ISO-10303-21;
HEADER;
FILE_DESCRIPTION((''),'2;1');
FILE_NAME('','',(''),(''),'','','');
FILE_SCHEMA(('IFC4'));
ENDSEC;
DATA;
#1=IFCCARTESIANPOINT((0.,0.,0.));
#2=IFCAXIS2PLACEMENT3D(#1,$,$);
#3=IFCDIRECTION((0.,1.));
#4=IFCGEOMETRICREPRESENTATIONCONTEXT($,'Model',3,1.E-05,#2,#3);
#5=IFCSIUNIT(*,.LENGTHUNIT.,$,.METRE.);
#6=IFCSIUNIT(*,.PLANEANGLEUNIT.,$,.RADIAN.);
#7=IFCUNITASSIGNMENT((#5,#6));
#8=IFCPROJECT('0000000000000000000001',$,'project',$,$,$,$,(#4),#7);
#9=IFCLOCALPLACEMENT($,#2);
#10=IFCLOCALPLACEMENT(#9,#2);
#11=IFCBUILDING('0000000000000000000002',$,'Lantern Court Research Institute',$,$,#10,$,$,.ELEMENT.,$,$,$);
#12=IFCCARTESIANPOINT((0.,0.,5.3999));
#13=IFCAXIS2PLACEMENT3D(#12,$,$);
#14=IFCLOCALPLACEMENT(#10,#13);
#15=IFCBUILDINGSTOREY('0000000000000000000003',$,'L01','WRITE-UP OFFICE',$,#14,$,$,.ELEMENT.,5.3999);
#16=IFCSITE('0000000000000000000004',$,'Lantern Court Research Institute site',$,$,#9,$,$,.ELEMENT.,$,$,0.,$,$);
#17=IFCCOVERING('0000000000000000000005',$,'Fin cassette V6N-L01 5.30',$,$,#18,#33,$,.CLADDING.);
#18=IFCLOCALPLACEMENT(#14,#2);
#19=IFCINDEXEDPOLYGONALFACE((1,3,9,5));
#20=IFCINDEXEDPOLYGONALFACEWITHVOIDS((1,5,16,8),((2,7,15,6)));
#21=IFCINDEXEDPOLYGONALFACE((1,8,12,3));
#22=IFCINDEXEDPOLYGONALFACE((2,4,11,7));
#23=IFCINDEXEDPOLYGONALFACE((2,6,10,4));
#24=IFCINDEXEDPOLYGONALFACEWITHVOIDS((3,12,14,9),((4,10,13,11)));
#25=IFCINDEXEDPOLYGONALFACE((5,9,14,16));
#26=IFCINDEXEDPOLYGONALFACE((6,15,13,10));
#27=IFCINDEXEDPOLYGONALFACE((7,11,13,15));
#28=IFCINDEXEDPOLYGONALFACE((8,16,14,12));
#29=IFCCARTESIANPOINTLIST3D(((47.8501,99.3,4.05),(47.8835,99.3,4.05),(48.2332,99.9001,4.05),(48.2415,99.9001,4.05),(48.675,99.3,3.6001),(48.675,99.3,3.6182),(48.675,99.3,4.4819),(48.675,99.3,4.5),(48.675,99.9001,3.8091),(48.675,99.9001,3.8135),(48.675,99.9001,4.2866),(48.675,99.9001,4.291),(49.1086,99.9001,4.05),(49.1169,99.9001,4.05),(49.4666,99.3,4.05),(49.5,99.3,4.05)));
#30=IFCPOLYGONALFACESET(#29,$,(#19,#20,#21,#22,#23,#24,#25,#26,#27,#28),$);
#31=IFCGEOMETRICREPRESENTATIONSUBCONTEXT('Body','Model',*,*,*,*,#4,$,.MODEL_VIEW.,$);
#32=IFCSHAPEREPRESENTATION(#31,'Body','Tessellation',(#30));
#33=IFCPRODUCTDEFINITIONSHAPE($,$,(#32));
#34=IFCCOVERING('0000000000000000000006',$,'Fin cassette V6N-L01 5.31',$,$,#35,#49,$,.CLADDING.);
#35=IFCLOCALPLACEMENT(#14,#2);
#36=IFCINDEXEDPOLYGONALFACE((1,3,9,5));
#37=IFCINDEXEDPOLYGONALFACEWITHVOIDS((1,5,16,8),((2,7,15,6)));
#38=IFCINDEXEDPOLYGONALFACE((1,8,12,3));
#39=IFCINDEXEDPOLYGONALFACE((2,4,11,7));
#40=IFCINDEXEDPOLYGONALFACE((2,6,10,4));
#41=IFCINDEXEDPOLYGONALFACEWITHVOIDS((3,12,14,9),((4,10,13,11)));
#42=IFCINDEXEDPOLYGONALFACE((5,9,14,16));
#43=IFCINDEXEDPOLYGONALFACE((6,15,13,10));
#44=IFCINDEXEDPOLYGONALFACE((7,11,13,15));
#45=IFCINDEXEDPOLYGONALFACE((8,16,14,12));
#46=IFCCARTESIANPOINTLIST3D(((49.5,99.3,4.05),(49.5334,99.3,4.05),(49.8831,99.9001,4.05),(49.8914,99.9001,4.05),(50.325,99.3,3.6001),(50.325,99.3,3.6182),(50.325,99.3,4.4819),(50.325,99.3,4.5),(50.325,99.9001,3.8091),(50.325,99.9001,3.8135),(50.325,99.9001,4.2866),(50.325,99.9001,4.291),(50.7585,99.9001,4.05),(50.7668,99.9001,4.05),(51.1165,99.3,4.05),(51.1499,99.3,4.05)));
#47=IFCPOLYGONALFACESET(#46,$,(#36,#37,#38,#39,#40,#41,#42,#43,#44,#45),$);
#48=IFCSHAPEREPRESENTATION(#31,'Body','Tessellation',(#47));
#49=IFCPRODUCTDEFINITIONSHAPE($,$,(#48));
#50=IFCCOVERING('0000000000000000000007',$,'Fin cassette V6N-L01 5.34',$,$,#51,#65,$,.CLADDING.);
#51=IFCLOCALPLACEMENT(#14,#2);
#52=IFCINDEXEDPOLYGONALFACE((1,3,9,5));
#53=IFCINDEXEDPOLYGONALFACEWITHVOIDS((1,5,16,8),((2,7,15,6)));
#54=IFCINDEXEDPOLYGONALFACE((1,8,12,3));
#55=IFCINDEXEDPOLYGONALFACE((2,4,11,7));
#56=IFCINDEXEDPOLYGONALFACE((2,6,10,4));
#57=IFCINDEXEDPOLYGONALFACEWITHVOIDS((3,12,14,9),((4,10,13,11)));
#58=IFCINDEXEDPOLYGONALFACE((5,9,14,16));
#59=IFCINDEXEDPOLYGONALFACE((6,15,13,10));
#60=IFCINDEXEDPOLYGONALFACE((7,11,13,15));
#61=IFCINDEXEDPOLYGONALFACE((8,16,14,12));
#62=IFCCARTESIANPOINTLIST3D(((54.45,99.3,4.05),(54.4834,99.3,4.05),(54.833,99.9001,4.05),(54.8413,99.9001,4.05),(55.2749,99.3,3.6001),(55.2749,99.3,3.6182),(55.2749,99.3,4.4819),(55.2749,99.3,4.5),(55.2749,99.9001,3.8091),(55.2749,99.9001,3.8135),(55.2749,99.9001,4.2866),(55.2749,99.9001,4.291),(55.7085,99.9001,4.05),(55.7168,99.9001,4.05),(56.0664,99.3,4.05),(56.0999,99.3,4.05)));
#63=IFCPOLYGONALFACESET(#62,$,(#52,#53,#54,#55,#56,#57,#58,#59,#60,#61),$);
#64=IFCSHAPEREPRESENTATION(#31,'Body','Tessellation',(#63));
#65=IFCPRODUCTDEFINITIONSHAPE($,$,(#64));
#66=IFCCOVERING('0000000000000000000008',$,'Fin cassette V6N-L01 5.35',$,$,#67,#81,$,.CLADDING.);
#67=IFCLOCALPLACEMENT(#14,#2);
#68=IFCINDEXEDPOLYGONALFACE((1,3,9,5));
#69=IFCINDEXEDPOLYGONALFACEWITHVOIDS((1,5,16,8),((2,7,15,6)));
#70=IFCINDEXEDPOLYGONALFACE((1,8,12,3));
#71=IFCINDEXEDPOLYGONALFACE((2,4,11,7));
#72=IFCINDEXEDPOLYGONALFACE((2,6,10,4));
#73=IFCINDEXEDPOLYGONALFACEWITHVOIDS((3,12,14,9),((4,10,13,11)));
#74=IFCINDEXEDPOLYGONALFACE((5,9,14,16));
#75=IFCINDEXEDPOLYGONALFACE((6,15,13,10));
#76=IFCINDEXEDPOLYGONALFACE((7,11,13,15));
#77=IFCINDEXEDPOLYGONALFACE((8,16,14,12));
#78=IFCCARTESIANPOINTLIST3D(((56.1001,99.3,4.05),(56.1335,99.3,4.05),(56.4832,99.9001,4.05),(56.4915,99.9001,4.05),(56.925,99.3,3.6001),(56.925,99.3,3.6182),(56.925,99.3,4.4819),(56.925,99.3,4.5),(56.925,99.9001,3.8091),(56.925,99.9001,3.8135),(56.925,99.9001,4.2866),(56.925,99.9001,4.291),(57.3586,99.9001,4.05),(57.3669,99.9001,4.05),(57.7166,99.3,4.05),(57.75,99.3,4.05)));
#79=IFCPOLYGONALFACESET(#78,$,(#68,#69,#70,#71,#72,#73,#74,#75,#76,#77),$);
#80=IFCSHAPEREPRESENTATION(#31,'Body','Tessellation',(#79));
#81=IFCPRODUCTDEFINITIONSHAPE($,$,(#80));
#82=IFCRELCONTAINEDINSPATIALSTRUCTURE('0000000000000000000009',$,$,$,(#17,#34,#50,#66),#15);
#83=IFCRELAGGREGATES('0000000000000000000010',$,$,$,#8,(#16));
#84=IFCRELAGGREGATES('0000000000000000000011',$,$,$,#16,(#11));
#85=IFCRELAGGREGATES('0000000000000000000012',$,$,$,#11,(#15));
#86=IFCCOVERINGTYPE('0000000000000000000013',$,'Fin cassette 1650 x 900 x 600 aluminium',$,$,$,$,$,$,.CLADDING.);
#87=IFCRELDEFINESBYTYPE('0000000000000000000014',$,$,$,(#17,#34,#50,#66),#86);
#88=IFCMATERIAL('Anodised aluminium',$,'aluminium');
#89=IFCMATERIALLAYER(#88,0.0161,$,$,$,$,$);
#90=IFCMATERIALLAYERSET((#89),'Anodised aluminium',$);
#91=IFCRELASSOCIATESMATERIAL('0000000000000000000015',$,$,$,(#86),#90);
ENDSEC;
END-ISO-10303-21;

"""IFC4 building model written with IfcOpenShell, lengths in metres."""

from ifc_helpers import new_model, entity, si_unit, direction, frame, origin, place, context, subcontext, project, spatial, material, layer, layer_set, type_object, element, save


model = new_model("IFC4")

# Units and contexts
model_context = context("Model", 3, precision=1e-05, world=origin(), true_north=direction((0.0, 1.0)))
body_context = subcontext(model_context, "Body", "Model", "MODEL_VIEW")
ifc_project = project(units=[si_unit("LENGTHUNIT", "METRE"), si_unit("PLANEANGLEUNIT", "RADIAN")], contexts=[model_context])

# Site, building, storey
site_placement = place(None, origin())
site = spatial("IfcSite", under=ifc_project, at=site_placement, Name="Lantern Court Research Institute site", CompositionType="ELEMENT", RefElevation=0.0)
building_placement = place(site_placement, origin())
building = spatial("IfcBuilding", under=site, at=building_placement, Name="Lantern Court Research Institute", CompositionType="ELEMENT")
storey_placement = place(building_placement, frame((0.0, 0.0, 5.3999)))
storey = spatial("IfcBuildingStorey", under=building, at=storey_placement, Name="L01", Description="WRITE-UP OFFICE", CompositionType="ELEMENT", Elevation=5.3999)

# Coverings
ifc_material_1 = material(Name="Anodised aluminium", Category="aluminium")
ifc_layer_1 = layer(ifc_material_1, 0.0161)
ifc_layer_set_1 = layer_set([ifc_layer_1], Name="Anodised aluminium")
covering_type_1 = type_object("IfcCoveringType", Name="Fin cassette 1650 x 900 x 600 aluminium", PredefinedType="CLADDING", material=ifc_layer_set_1)
covering_1_placement = place(storey_placement, frame((48.675, 99.3, 4.05), z_axis=(0.0, 1.0, 0.0), x_axis=(-1.0, 0.0, 0.0)))
cartesian_point_1 = entity("IfcCartesianPoint", [0.825, 0.0])
cartesian_point_2 = entity("IfcCartesianPoint", [0.7915, 0.0])
cartesian_point_3 = entity("IfcCartesianPoint", [0.4419, 0.0])
cartesian_point_4 = entity("IfcCartesianPoint", [0.4336, 0.0])
element("IfcCovering", 1, at=covering_1_placement, inside=storey, type_object=covering_type_1, Name="Fin cassette V6N-L01 5.30", PredefinedType="CLADDING", context=body_context, shape_type="SweptSolid", body=[
    entity("IfcExtrudedAreaSolidTapered", entity("IfcArbitraryProfileDefWithVoids", "AREA", None, entity("IfcPolyline", [cartesian_point_1, entity("IfcCartesianPoint", [0.0, 0.45]), entity("IfcCartesianPoint", [-0.825, 0.0]), entity("IfcCartesianPoint", [0.0, -0.45]), cartesian_point_1]), [entity("IfcPolyline", [cartesian_point_2, entity("IfcCartesianPoint", [0.0, 0.4319]), entity("IfcCartesianPoint", [-0.7915, 0.0]), entity("IfcCartesianPoint", [0.0, -0.4319]), cartesian_point_2])]), entity("IfcAxis2Placement3D", entity("IfcCartesianPoint", [0.0, 0.0, 0.0])), entity("IfcDirection", [0.0, 0.0, 1.0]), 0.6001, entity("IfcArbitraryProfileDefWithVoids", "AREA", None, entity("IfcPolyline", [cartesian_point_3, entity("IfcCartesianPoint", [0.0, 0.241]), entity("IfcCartesianPoint", [-0.4419, 0.0]), entity("IfcCartesianPoint", [0.0, -0.241]), cartesian_point_3]), [entity("IfcPolyline", [cartesian_point_4, entity("IfcCartesianPoint", [0.0, 0.2366]), entity("IfcCartesianPoint", [-0.4336, 0.0]), entity("IfcCartesianPoint", [0.0, -0.2366]), cartesian_point_4])])),
])
covering_2_placement = place(storey_placement, frame((50.325, 99.3, 4.05), z_axis=(0.0, 1.0, 0.0), x_axis=(-1.0, 0.0, 0.0)))
cartesian_point_5 = entity("IfcCartesianPoint", [0.825, 0.0])
cartesian_point_6 = entity("IfcCartesianPoint", [0.7915, 0.0])
cartesian_point_7 = entity("IfcCartesianPoint", [0.4419, 0.0])
cartesian_point_8 = entity("IfcCartesianPoint", [0.4336, 0.0])
element("IfcCovering", 2, at=covering_2_placement, inside=storey, type_object=covering_type_1, Name="Fin cassette V6N-L01 5.31", PredefinedType="CLADDING", context=body_context, shape_type="SweptSolid", body=[
    entity("IfcExtrudedAreaSolidTapered", entity("IfcArbitraryProfileDefWithVoids", "AREA", None, entity("IfcPolyline", [cartesian_point_5, entity("IfcCartesianPoint", [0.0, 0.45]), entity("IfcCartesianPoint", [-0.825, 0.0]), entity("IfcCartesianPoint", [0.0, -0.45]), cartesian_point_5]), [entity("IfcPolyline", [cartesian_point_6, entity("IfcCartesianPoint", [0.0, 0.4319]), entity("IfcCartesianPoint", [-0.7915, 0.0]), entity("IfcCartesianPoint", [0.0, -0.4319]), cartesian_point_6])]), entity("IfcAxis2Placement3D", entity("IfcCartesianPoint", [0.0, 0.0, 0.0])), entity("IfcDirection", [0.0, 0.0, 1.0]), 0.6001, entity("IfcArbitraryProfileDefWithVoids", "AREA", None, entity("IfcPolyline", [cartesian_point_7, entity("IfcCartesianPoint", [0.0, 0.241]), entity("IfcCartesianPoint", [-0.4419, 0.0]), entity("IfcCartesianPoint", [0.0, -0.241]), cartesian_point_7]), [entity("IfcPolyline", [cartesian_point_8, entity("IfcCartesianPoint", [0.0, 0.2366]), entity("IfcCartesianPoint", [-0.4336, 0.0]), entity("IfcCartesianPoint", [0.0, -0.2366]), cartesian_point_8])])),
])
covering_3_placement = place(storey_placement, frame((55.2749, 99.3, 4.05), z_axis=(0.0, 1.0, 0.0), x_axis=(-1.0, 0.0, 0.0)))
cartesian_point_9 = entity("IfcCartesianPoint", [0.825, 0.0])
cartesian_point_10 = entity("IfcCartesianPoint", [0.7915, 0.0])
cartesian_point_11 = entity("IfcCartesianPoint", [0.4419, 0.0])
cartesian_point_12 = entity("IfcCartesianPoint", [0.4336, 0.0])
element("IfcCovering", 3, at=covering_3_placement, inside=storey, type_object=covering_type_1, Name="Fin cassette V6N-L01 5.34", PredefinedType="CLADDING", context=body_context, shape_type="SweptSolid", body=[
    entity("IfcExtrudedAreaSolidTapered", entity("IfcArbitraryProfileDefWithVoids", "AREA", None, entity("IfcPolyline", [cartesian_point_9, entity("IfcCartesianPoint", [0.0, 0.45]), entity("IfcCartesianPoint", [-0.825, 0.0]), entity("IfcCartesianPoint", [0.0, -0.45]), cartesian_point_9]), [entity("IfcPolyline", [cartesian_point_10, entity("IfcCartesianPoint", [0.0, 0.4319]), entity("IfcCartesianPoint", [-0.7915, 0.0]), entity("IfcCartesianPoint", [0.0, -0.4319]), cartesian_point_10])]), entity("IfcAxis2Placement3D", entity("IfcCartesianPoint", [0.0, 0.0, 0.0])), entity("IfcDirection", [0.0, 0.0, 1.0]), 0.6001, entity("IfcArbitraryProfileDefWithVoids", "AREA", None, entity("IfcPolyline", [cartesian_point_11, entity("IfcCartesianPoint", [0.0, 0.241]), entity("IfcCartesianPoint", [-0.4419, 0.0]), entity("IfcCartesianPoint", [0.0, -0.241]), cartesian_point_11]), [entity("IfcPolyline", [cartesian_point_12, entity("IfcCartesianPoint", [0.0, 0.2366]), entity("IfcCartesianPoint", [-0.4336, 0.0]), entity("IfcCartesianPoint", [0.0, -0.2366]), cartesian_point_12])])),
])
covering_4_placement = place(storey_placement, frame((56.925, 99.3, 4.05), z_axis=(0.0, 1.0, 0.0), x_axis=(-1.0, 0.0, 0.0)))
cartesian_point_13 = entity("IfcCartesianPoint", [0.825, 0.0])
cartesian_point_14 = entity("IfcCartesianPoint", [0.7915, 0.0])
cartesian_point_15 = entity("IfcCartesianPoint", [0.4419, 0.0])
cartesian_point_16 = entity("IfcCartesianPoint", [0.4336, 0.0])
element("IfcCovering", 4, at=covering_4_placement, inside=storey, type_object=covering_type_1, Name="Fin cassette V6N-L01 5.35", PredefinedType="CLADDING", context=body_context, shape_type="SweptSolid", body=[
    entity("IfcExtrudedAreaSolidTapered", entity("IfcArbitraryProfileDefWithVoids", "AREA", None, entity("IfcPolyline", [cartesian_point_13, entity("IfcCartesianPoint", [0.0, 0.45]), entity("IfcCartesianPoint", [-0.825, 0.0]), entity("IfcCartesianPoint", [0.0, -0.45]), cartesian_point_13]), [entity("IfcPolyline", [cartesian_point_14, entity("IfcCartesianPoint", [0.0, 0.4319]), entity("IfcCartesianPoint", [-0.7915, 0.0]), entity("IfcCartesianPoint", [0.0, -0.4319]), cartesian_point_14])]), entity("IfcAxis2Placement3D", entity("IfcCartesianPoint", [0.0, 0.0, 0.0])), entity("IfcDirection", [0.0, 0.0, 1.0]), 0.6001, entity("IfcArbitraryProfileDefWithVoids", "AREA", None, entity("IfcPolyline", [cartesian_point_15, entity("IfcCartesianPoint", [0.0, 0.241]), entity("IfcCartesianPoint", [-0.4419, 0.0]), entity("IfcCartesianPoint", [0.0, -0.241]), cartesian_point_15]), [entity("IfcPolyline", [cartesian_point_16, entity("IfcCartesianPoint", [0.0, 0.2366]), entity("IfcCartesianPoint", [-0.4336, 0.0]), entity("IfcCartesianPoint", [0.0, -0.2366]), cartesian_point_16])])),
])

save(model, "model.ifc")
